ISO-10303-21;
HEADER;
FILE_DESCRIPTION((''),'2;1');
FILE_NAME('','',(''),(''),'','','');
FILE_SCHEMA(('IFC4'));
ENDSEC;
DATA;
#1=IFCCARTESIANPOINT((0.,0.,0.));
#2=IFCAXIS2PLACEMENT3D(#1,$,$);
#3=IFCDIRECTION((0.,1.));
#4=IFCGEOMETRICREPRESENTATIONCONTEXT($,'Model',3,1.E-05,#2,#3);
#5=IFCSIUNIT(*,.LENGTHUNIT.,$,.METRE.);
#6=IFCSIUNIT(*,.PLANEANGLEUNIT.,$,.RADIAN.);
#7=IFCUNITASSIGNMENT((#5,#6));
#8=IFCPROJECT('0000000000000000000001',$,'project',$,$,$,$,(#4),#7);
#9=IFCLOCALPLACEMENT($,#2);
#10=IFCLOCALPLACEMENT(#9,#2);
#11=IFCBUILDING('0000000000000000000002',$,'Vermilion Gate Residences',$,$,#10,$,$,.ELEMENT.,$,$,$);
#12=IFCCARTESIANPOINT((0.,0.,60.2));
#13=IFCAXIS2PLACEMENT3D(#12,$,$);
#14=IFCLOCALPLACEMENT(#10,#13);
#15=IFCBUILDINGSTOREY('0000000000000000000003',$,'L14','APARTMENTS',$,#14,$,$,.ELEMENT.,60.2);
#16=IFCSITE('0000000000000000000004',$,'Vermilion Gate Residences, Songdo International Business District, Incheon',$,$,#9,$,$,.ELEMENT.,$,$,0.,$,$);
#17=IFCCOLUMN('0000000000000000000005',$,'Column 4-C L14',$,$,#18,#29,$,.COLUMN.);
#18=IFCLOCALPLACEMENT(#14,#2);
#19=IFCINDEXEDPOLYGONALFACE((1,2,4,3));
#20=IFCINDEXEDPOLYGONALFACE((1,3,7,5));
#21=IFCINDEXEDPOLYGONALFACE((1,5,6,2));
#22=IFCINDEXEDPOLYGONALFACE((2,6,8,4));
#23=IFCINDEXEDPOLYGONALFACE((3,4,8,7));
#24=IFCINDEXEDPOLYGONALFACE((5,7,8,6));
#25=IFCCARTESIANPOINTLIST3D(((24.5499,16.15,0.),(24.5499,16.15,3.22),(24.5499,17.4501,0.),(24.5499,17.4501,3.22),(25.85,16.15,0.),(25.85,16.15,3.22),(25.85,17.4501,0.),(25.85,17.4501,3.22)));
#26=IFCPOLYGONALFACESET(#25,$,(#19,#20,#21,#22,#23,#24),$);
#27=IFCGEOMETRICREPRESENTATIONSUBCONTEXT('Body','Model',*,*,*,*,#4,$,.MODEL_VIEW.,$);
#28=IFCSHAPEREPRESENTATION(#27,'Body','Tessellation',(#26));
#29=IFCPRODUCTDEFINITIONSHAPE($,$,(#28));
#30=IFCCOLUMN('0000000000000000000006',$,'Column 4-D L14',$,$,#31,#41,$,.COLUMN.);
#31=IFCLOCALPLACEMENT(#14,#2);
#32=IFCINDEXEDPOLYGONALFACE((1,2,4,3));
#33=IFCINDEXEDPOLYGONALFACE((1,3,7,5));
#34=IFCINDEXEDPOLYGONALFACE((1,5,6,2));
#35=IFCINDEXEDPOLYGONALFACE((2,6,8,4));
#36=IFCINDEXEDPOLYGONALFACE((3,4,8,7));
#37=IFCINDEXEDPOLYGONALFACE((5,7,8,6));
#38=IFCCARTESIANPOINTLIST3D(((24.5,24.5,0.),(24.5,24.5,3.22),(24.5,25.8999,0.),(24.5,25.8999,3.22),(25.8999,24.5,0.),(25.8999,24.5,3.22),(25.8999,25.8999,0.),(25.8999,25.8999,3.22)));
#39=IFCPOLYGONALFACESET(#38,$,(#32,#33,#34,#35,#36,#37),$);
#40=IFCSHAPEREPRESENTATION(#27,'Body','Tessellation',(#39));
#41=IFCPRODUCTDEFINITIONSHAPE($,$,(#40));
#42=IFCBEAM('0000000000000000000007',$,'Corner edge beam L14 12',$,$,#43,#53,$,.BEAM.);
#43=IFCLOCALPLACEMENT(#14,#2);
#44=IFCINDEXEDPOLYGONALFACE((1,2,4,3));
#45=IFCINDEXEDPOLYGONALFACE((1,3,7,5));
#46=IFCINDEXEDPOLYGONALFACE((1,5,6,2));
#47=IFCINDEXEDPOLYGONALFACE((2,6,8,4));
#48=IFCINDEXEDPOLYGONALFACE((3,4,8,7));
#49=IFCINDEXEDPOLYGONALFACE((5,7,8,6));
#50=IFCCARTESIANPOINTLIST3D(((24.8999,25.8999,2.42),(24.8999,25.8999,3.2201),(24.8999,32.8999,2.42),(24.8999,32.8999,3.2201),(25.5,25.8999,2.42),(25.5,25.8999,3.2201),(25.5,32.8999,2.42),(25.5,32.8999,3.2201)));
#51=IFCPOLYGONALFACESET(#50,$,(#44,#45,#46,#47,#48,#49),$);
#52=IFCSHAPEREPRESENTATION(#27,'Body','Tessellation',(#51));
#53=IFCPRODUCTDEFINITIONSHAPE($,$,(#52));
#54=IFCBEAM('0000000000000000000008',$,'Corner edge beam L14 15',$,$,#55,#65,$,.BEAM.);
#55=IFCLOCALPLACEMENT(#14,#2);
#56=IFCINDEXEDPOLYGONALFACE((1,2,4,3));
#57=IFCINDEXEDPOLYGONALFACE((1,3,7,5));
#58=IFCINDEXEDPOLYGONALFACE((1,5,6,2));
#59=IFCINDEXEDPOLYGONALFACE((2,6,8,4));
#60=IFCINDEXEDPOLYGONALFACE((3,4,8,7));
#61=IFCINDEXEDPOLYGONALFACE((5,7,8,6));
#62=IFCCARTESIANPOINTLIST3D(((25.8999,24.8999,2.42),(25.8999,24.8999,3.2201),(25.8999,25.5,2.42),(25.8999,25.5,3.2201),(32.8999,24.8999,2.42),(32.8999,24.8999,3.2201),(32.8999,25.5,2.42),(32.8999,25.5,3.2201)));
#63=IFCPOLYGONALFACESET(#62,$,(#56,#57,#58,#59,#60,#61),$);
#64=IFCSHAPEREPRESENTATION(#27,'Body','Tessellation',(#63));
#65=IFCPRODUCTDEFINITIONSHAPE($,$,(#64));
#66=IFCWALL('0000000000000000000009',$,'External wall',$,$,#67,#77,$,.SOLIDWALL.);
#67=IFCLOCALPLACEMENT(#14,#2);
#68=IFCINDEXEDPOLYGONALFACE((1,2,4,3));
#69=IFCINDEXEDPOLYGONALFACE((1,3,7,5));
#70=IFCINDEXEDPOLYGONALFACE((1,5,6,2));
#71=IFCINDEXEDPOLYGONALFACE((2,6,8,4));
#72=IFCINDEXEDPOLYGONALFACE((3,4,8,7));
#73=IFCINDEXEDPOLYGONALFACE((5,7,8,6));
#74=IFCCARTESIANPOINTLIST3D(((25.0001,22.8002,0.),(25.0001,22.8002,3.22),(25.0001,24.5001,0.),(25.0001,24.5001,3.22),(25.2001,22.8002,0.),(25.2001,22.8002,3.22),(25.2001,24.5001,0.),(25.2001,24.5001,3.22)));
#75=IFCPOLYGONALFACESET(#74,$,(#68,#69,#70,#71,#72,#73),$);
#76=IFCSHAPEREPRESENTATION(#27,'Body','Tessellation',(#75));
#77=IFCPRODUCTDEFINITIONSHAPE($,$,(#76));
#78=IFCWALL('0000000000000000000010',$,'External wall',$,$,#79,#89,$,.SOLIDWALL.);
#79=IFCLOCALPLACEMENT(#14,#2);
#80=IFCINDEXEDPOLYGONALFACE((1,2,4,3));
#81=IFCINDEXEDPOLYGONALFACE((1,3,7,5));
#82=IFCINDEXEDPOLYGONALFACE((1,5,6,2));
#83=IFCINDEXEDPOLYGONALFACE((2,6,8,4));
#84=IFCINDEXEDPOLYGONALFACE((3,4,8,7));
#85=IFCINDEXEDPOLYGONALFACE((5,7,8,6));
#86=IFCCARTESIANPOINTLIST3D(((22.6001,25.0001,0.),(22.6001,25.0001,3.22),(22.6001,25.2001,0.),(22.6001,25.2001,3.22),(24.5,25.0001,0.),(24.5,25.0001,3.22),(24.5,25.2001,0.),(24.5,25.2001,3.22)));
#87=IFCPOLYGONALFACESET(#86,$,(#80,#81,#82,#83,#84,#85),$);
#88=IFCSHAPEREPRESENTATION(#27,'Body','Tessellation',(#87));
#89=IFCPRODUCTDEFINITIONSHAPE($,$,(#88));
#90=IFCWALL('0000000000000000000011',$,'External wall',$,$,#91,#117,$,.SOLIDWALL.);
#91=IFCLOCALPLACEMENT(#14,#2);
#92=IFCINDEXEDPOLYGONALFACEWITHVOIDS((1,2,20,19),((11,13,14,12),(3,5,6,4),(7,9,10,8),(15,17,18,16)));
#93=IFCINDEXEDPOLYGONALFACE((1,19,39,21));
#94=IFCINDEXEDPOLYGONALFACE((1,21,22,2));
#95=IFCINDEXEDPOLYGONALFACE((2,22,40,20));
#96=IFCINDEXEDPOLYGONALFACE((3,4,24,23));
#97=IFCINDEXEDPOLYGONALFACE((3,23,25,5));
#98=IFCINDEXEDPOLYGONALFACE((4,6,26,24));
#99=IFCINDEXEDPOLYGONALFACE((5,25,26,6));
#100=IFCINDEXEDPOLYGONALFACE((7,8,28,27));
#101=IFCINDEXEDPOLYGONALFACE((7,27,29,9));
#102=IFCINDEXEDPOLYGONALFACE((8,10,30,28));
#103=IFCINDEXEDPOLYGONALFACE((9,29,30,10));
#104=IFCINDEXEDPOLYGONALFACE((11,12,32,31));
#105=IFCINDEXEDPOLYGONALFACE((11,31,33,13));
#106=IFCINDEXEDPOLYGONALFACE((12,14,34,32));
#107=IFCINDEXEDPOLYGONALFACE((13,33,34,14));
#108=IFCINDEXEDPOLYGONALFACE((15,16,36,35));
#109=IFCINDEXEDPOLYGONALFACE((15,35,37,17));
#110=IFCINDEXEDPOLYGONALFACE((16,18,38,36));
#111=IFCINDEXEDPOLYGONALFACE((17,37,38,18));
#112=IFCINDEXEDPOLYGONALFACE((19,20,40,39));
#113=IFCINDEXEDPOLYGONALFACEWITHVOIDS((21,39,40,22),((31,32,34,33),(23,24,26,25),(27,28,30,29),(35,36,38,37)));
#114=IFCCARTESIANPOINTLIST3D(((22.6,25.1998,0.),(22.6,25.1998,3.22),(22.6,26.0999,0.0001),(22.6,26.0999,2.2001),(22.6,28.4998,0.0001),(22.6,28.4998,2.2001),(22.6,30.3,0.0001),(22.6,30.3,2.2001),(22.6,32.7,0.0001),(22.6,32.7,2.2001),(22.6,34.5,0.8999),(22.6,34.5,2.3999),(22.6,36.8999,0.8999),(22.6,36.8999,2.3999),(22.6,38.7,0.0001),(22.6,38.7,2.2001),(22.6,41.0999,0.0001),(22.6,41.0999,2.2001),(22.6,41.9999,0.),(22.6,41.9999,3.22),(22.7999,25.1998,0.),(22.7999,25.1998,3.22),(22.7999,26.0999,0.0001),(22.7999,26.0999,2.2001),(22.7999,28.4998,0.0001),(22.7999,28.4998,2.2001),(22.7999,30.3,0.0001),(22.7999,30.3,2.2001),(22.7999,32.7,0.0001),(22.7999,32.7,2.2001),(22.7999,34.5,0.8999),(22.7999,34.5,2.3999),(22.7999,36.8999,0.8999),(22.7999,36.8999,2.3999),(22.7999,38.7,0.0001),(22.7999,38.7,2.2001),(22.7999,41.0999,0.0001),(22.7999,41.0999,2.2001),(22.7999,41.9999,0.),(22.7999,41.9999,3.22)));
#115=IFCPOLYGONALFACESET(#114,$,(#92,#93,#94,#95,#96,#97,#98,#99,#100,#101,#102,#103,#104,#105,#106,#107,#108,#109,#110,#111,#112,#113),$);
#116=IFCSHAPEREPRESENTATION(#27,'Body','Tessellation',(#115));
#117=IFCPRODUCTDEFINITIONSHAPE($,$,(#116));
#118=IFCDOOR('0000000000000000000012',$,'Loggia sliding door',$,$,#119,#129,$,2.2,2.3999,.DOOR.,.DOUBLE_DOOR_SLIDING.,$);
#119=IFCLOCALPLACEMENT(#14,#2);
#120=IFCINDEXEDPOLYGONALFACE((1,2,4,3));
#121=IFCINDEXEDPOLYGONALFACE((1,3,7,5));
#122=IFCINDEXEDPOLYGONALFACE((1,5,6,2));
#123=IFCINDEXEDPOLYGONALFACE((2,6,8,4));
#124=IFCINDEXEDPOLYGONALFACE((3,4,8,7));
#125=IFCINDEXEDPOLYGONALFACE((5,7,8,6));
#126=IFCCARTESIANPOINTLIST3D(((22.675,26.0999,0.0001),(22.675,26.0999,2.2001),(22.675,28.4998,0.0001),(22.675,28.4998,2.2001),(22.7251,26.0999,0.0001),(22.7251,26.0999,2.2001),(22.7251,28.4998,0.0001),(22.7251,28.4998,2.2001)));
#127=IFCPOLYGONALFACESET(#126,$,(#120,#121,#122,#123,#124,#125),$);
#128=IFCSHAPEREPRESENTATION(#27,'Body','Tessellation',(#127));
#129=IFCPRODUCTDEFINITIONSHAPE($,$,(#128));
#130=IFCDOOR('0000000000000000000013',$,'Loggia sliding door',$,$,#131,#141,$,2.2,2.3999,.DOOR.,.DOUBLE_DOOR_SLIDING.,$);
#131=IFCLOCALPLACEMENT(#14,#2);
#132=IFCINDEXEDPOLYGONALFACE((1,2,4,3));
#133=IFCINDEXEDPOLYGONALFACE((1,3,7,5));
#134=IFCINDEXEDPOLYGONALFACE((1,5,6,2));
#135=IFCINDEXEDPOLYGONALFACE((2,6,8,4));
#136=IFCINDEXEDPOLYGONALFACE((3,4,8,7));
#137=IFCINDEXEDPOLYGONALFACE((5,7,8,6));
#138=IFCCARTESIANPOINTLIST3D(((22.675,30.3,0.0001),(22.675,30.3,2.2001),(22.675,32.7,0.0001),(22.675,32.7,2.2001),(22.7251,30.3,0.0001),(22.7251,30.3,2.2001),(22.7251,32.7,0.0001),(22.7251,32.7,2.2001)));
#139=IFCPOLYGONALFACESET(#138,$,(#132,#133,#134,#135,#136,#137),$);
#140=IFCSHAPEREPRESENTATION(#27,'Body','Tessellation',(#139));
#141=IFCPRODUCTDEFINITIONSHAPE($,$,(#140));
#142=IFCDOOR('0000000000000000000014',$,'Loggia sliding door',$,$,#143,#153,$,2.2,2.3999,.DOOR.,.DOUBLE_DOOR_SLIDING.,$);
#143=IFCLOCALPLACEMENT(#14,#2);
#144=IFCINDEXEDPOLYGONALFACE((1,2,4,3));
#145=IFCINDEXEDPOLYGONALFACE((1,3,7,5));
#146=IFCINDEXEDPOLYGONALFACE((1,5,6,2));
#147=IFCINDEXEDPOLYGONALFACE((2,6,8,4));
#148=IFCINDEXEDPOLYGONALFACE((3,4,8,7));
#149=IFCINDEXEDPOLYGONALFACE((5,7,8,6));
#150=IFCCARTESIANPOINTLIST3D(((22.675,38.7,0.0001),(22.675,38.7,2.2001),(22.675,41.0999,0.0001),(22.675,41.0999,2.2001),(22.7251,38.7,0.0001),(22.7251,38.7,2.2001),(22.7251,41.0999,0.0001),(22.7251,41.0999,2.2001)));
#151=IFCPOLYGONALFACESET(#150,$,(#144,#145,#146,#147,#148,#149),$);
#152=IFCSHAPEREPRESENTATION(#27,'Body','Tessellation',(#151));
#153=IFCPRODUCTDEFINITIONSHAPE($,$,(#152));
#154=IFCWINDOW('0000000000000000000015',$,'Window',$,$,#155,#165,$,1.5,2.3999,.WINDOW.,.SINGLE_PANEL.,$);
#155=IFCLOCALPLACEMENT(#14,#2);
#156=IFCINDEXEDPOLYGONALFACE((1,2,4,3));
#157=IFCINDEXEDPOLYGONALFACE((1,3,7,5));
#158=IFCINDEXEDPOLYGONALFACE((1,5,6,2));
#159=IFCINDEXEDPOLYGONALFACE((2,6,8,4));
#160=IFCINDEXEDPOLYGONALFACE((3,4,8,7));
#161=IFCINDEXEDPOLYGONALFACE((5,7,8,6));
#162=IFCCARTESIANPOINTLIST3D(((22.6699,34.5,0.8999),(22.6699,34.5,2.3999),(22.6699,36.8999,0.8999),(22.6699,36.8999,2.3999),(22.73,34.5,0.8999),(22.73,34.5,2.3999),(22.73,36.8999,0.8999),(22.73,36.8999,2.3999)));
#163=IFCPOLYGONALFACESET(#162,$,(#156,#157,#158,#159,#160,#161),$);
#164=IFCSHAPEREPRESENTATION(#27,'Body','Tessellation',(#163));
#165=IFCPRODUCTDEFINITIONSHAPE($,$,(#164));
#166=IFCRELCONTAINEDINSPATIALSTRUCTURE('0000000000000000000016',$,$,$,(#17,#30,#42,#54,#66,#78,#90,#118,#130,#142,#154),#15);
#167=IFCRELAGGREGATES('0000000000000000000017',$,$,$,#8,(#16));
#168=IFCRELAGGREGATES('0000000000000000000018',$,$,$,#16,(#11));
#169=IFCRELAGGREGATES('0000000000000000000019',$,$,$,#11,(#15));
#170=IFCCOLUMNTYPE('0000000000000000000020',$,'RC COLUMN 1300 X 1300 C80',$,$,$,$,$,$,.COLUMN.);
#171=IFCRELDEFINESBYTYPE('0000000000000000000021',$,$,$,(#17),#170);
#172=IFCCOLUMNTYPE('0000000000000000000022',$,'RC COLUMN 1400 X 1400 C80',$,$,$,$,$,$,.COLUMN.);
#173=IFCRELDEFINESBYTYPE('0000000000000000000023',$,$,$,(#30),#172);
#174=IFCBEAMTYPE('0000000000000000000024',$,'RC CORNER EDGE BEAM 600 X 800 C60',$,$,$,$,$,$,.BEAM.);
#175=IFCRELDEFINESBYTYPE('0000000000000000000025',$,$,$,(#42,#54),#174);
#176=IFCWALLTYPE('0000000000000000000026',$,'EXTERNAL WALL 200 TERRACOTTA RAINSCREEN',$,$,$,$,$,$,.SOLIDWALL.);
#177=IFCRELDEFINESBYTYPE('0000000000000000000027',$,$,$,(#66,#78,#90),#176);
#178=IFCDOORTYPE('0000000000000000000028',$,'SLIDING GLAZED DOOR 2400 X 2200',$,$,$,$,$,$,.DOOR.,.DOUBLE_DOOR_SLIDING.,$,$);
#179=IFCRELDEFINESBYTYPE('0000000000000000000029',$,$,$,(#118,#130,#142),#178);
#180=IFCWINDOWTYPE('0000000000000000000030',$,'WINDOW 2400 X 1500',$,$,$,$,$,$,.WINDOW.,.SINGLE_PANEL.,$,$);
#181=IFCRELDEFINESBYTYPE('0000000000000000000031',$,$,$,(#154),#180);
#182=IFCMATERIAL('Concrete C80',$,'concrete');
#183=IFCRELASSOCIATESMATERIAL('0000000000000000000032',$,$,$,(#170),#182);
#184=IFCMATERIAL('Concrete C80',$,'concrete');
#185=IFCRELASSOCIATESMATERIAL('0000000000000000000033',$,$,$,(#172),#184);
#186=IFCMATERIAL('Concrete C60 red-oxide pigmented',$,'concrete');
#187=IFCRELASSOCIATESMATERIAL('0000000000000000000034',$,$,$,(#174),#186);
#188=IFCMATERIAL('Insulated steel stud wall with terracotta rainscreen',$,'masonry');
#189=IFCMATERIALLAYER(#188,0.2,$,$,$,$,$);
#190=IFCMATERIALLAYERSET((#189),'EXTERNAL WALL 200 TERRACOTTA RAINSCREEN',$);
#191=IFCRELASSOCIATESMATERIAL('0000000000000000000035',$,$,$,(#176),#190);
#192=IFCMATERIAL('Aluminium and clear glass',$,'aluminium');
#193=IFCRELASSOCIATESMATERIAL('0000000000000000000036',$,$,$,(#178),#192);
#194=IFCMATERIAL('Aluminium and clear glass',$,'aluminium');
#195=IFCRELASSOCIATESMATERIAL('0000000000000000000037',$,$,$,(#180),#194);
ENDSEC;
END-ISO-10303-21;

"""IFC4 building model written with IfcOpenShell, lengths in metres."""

from ifc_helpers import new_model, si_unit, direction, frame, frame_2d, origin, origin_2d, place, context, subcontext, project, spatial, rectangle, extrude, material, layer, layer_set, material_profile, profile_set, type_object, element, fill, save


model = new_model("IFC4")

# Units and contexts
model_context = context("Model", 3, precision=1e-05, world=origin(), true_north=direction((0.0, 1.0)))
body_context = subcontext(model_context, "Body", "Model", "MODEL_VIEW")
ifc_project = project(units=[si_unit("LENGTHUNIT", "METRE"), si_unit("PLANEANGLEUNIT", "RADIAN")], contexts=[model_context])

# Site, building, storey
site_placement = place(None, origin())
site = spatial("IfcSite", under=ifc_project, at=site_placement, Name="Vermilion Gate Residences, Songdo International Business District, Incheon", CompositionType="ELEMENT", RefElevation=0.0)
building_placement = place(site_placement, origin())
building = spatial("IfcBuilding", under=site, at=building_placement, Name="Vermilion Gate Residences", CompositionType="ELEMENT")
storey_placement = place(building_placement, frame((0.0, 0.0, 60.2)))
storey = spatial("IfcBuildingStorey", under=building, at=storey_placement, Name="L14", Description="APARTMENTS", CompositionType="ELEMENT", Elevation=60.2)

# Columns
ifc_material_1 = material(Name="Concrete C80", Category="concrete")
ifc_material_profile_1 = material_profile(ifc_material_1, rectangle(XDim=1.3, YDim=1.3, at=origin_2d()), Name="RC-1300x1300")
ifc_profile_set_1 = profile_set([ifc_material_profile_1], Name="Concrete C80")
column_type_1 = type_object("IfcColumnType", Name="RC COLUMN 1300 X 1300 C80", PredefinedType="COLUMN", material=ifc_profile_set_1)
column_1_placement = place(storey_placement, frame((25.2, 16.8, 0.0), z_axis=(0.0, 0.0, 1.0), x_axis=(1.0, 0.0, 0.0)))
element("IfcColumn", 1, at=column_1_placement, inside=storey, type_object=column_type_1, Name="Column 4-C L14", PredefinedType="COLUMN", context=body_context, shape_type="SweptSolid", body=[
    extrude(rectangle(XDim=1.3, YDim=1.3, at=origin_2d()), origin(), (0.0, 0.0, 1.0), 3.22),
])
ifc_material_2 = material(Name="Concrete C80", Category="concrete")
ifc_material_profile_2 = material_profile(ifc_material_2, rectangle(XDim=1.3999, YDim=1.3999, at=origin_2d()), Name="RC-1400x1400")
ifc_profile_set_2 = profile_set([ifc_material_profile_2], Name="Concrete C80")
column_type_2 = type_object("IfcColumnType", Name="RC COLUMN 1400 X 1400 C80", PredefinedType="COLUMN", material=ifc_profile_set_2)
column_2_placement = place(storey_placement, frame((25.2, 25.2, 0.0), z_axis=(0.0, 0.0, 1.0), x_axis=(1.0, 0.0, 0.0)))
element("IfcColumn", 2, at=column_2_placement, inside=storey, type_object=column_type_2, Name="Column 4-D L14", PredefinedType="COLUMN", context=body_context, shape_type="SweptSolid", body=[
    extrude(rectangle(XDim=1.3999, YDim=1.3999, at=origin_2d()), origin(), (0.0, 0.0, 1.0), 3.22),
])

# Beams
ifc_material_3 = material(Name="Concrete C60 red-oxide pigmented", Category="concrete")
ifc_material_profile_3 = material_profile(ifc_material_3, rectangle(XDim=0.6001, YDim=0.8, at=origin_2d()), Name="RC-600x800")
ifc_profile_set_3 = profile_set([ifc_material_profile_3], Name="Concrete C60 red-oxide pigmented")
beam_type = type_object("IfcBeamType", Name="RC CORNER EDGE BEAM 600 X 800 C60", PredefinedType="BEAM", material=ifc_profile_set_3)
for number, where, z_axis, x_axis, name in (
    (3, (25.2, 25.8999, 2.8201), (0.0, 1.0, 0.0), (-1.0, 0.0, 0.0), "Corner edge beam L14 12"),
    (4, (25.8999, 25.2, 2.8201), (1.0, 0.0, 0.0), (0.0, 1.0, 0.0), "Corner edge beam L14 15"),
):
    element("IfcBeam", number, at=place(storey_placement, frame(where, z_axis=z_axis, x_axis=x_axis)), inside=storey, type_object=beam_type, Name=name, PredefinedType="BEAM", context=body_context, shape_type="SweptSolid", body=[
        extrude(rectangle(XDim=0.6001, YDim=0.8, at=origin_2d()), origin(), (0.0, 0.0, 1.0), 7.0),
    ])

# Walls
ifc_material_4 = material(Name="Insulated steel stud wall with terracotta rainscreen", Category="masonry")
ifc_layer_1 = layer(ifc_material_4, 0.2)
ifc_layer_set_1 = layer_set([ifc_layer_1], Name="EXTERNAL WALL 200 TERRACOTTA RAINSCREEN")
wall_type_1 = type_object("IfcWallType", Name="EXTERNAL WALL 200 TERRACOTTA RAINSCREEN", PredefinedType="SOLIDWALL", material=ifc_layer_set_1)
wall_1_placement = place(storey_placement, frame((25.1001, 22.8, 0.0), z_axis=(0.0, 0.0, 1.0), x_axis=(0.0, 1.0, 0.0)))
element("IfcWall", 5, at=wall_1_placement, inside=storey, type_object=wall_type_1, Name="External wall", PredefinedType="SOLIDWALL", context=body_context, shape_type="SweptSolid", body=[
    extrude(rectangle(XDim=1.7, YDim=0.2, at=frame_2d((0.8501, 0.0))), origin(), (0.0, 0.0, 1.0), 3.22),
])
wall_2_placement = place(storey_placement, frame((24.5, 25.1001, 0.0), z_axis=(0.0, 0.0, 1.0), x_axis=(-1.0, 0.0, 0.0)))
element("IfcWall", 6, at=wall_2_placement, inside=storey, type_object=wall_type_1, Name="External wall", PredefinedType="SOLIDWALL", context=body_context, shape_type="SweptSolid", body=[
    extrude(rectangle(XDim=1.8999, YDim=0.2, at=frame_2d((0.95, 0.0))), origin(), (0.0, 0.0, 1.0), 3.22),
])

# Wall, openings, doors, window
wall_3_placement = place(storey_placement, frame((22.7, 25.2, 0.0), z_axis=(0.0, 0.0, 1.0), x_axis=(0.0, 1.0, 0.0)))
wall_3 = element("IfcWall", 7, at=wall_3_placement, inside=storey, type_object=wall_type_1, Name="External wall", PredefinedType="SOLIDWALL", context=body_context, shape_type="SweptSolid", body=[
    extrude(rectangle(XDim=16.8, YDim=0.2, at=frame_2d((8.3999, 0.0))), origin(), (0.0, 0.0, 1.0), 3.22),
])
opening_1_placement = place(wall_3_placement, frame((0.8999, 0.0, 0.0)))
opening_1 = element("IfcOpeningElement", 8, at=opening_1_placement, cuts=wall_3, PredefinedType="OPENING", context=body_context, shape_type="SweptSolid", body=[
    extrude(rectangle(XDim=2.3999, YDim=2.2, at=frame_2d((1.2, 1.1001))), frame((0.0, 0.1099, 0.0), z_axis=(0.0, -1.0, 0.0), x_axis=(1.0, 0.0, 0.0)), (0.0, 0.0, 1.0), 0.22),
])
opening_2_placement = place(wall_3_placement, frame((5.1001, 0.0, 0.0)))
opening_2 = element("IfcOpeningElement", 9, at=opening_2_placement, cuts=wall_3, PredefinedType="OPENING", context=body_context, shape_type="SweptSolid", body=[
    extrude(rectangle(XDim=2.3999, YDim=2.2, at=frame_2d((1.2, 1.1001))), frame((0.0, 0.1099, 0.0), z_axis=(0.0, -1.0, 0.0), x_axis=(1.0, 0.0, 0.0)), (0.0, 0.0, 1.0), 0.22),
])
opening_3_placement = place(wall_3_placement, frame((9.3, 0.0, 0.8999)))
opening_3 = element("IfcOpeningElement", 10, at=opening_3_placement, cuts=wall_3, PredefinedType="OPENING", context=body_context, shape_type="SweptSolid", body=[
    extrude(rectangle(XDim=2.3999, YDim=1.5, at=frame_2d((1.2, 0.75))), frame((0.0, 0.1099, 0.0), z_axis=(0.0, -1.0, 0.0), x_axis=(1.0, 0.0, 0.0)), (0.0, 0.0, 1.0), 0.22),
])
opening_4_placement = place(wall_3_placement, frame((13.5, 0.0, 0.0)))
opening_4 = element("IfcOpeningElement", 11, at=opening_4_placement, cuts=wall_3, PredefinedType="OPENING", context=body_context, shape_type="SweptSolid", body=[
    extrude(rectangle(XDim=2.3999, YDim=2.2, at=frame_2d((1.2, 1.1001))), frame((0.0, 0.1099, 0.0), z_axis=(0.0, -1.0, 0.0), x_axis=(1.0, 0.0, 0.0)), (0.0, 0.0, 1.0), 0.22),
])
ifc_material_5 = material(Name="Aluminium and clear glass", Category="aluminium")
door_type_1 = type_object("IfcDoorType", Name="SLIDING GLAZED DOOR 2400 X 2200", OperationType="DOUBLE_DOOR_SLIDING", PredefinedType="DOOR", material=ifc_material_5)
door_1_placement = place(opening_1_placement, origin())
door_1 = element("IfcDoor", 12, at=door_1_placement, inside=storey, type_object=door_type_1, Name="Loggia sliding door", OperationType="DOUBLE_DOOR_SLIDING", OverallHeight=2.2, OverallWidth=2.3999, PredefinedType="DOOR", context=body_context, shape_type="SweptSolid", body=[
    extrude(rectangle(XDim=2.3999, YDim=2.2, at=frame_2d((1.2, 1.1001))), frame((0.0, 0.0249, 0.0), z_axis=(0.0, -1.0, 0.0), x_axis=(1.0, 0.0, 0.0)), (0.0, 0.0, 1.0), 0.05),
])
fill(opening_1, door_1)
door_2_placement = place(opening_2_placement, origin())
door_2 = element("IfcDoor", 13, at=door_2_placement, inside=storey, type_object=door_type_1, Name="Loggia sliding door", OperationType="DOUBLE_DOOR_SLIDING", OverallHeight=2.2, OverallWidth=2.3999, PredefinedType="DOOR", context=body_context, shape_type="SweptSolid", body=[
    extrude(rectangle(XDim=2.3999, YDim=2.2, at=frame_2d((1.2, 1.1001))), frame((0.0, 0.0249, 0.0), z_axis=(0.0, -1.0, 0.0), x_axis=(1.0, 0.0, 0.0)), (0.0, 0.0, 1.0), 0.05),
])
fill(opening_2, door_2)
door_3_placement = place(opening_4_placement, origin())
door_3 = element("IfcDoor", 14, at=door_3_placement, inside=storey, type_object=door_type_1, Name="Loggia sliding door", OperationType="DOUBLE_DOOR_SLIDING", OverallHeight=2.2, OverallWidth=2.3999, PredefinedType="DOOR", context=body_context, shape_type="SweptSolid", body=[
    extrude(rectangle(XDim=2.3999, YDim=2.2, at=frame_2d((1.2, 1.1001))), frame((0.0, 0.0249, 0.0), z_axis=(0.0, -1.0, 0.0), x_axis=(1.0, 0.0, 0.0)), (0.0, 0.0, 1.0), 0.05),
])
fill(opening_4, door_3)
ifc_material_6 = material(Name="Aluminium and clear glass", Category="aluminium")
window_type = type_object("IfcWindowType", Name="WINDOW 2400 X 1500", PartitioningType="SINGLE_PANEL", PredefinedType="WINDOW", material=ifc_material_6)
window_placement = place(opening_3_placement, origin())
window = element("IfcWindow", 15, at=window_placement, inside=storey, type_object=window_type, Name="Window", OverallHeight=1.5, OverallWidth=2.3999, PartitioningType="SINGLE_PANEL", PredefinedType="WINDOW", context=body_context, shape_type="SweptSolid", body=[
    extrude(rectangle(XDim=2.3999, YDim=1.5, at=frame_2d((1.2, 0.75))), frame((0.0, 0.03, 0.0), z_axis=(0.0, -1.0, 0.0), x_axis=(1.0, 0.0, 0.0)), (0.0, 0.0, 1.0), 0.0601),
])
fill(opening_3, window)

save(model, "model.ifc")
